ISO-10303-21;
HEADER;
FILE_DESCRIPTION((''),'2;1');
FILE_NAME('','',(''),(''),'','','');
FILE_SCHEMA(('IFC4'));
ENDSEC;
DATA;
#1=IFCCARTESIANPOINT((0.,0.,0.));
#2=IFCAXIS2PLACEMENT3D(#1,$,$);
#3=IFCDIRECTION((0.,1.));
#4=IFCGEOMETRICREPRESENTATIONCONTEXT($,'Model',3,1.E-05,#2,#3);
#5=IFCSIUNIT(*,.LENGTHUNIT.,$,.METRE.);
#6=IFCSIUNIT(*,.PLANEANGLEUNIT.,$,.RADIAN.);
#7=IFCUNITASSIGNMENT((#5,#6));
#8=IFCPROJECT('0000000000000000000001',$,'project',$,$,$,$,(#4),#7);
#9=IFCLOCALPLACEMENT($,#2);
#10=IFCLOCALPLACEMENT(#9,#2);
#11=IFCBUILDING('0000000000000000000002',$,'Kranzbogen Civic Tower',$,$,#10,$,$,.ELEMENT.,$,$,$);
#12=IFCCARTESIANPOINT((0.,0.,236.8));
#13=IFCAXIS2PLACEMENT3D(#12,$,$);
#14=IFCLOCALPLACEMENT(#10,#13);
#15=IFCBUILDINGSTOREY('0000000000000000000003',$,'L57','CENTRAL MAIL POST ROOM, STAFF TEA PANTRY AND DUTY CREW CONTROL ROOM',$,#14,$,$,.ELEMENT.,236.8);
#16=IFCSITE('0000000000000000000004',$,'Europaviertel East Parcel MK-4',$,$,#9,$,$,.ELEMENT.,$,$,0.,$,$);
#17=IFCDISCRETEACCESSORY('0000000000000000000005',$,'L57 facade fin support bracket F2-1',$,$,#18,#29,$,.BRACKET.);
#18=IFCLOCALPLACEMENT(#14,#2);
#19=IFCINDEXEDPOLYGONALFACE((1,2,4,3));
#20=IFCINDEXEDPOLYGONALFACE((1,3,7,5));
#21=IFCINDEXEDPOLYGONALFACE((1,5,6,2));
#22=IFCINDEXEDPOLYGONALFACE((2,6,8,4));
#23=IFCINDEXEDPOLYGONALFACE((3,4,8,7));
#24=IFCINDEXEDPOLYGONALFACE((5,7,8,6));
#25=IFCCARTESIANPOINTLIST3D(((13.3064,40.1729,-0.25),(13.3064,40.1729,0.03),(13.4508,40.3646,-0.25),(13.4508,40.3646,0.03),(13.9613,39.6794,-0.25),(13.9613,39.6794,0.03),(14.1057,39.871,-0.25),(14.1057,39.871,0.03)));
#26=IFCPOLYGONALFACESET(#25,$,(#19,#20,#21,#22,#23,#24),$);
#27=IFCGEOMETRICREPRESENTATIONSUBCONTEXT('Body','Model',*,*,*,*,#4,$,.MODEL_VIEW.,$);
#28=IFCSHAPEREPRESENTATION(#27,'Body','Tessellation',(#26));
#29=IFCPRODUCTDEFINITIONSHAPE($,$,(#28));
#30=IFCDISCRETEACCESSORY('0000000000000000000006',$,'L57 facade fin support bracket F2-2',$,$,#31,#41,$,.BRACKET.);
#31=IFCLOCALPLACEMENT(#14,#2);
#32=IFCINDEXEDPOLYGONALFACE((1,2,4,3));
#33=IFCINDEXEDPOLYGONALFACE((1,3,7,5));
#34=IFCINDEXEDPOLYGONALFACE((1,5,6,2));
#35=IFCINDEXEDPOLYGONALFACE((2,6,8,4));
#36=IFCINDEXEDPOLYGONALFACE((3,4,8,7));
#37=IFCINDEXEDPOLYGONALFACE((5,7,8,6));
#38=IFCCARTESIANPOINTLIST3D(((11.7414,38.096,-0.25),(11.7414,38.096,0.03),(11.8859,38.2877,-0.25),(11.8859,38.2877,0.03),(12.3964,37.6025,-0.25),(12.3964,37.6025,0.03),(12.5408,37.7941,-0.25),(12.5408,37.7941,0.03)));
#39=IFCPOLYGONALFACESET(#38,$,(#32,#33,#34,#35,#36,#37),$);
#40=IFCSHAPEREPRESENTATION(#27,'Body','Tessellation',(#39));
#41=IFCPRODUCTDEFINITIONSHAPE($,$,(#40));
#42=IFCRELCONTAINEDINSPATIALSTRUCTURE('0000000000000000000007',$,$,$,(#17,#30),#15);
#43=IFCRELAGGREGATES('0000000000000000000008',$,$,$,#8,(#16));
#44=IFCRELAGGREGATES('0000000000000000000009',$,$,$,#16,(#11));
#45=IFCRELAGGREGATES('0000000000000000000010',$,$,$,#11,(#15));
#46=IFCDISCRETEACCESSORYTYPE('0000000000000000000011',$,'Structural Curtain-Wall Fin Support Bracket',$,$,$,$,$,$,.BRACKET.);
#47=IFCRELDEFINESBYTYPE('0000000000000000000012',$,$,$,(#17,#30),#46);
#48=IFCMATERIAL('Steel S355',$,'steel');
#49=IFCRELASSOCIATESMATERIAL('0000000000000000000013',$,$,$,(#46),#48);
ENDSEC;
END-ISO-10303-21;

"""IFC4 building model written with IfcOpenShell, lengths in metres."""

from ifc_helpers import new_model, si_unit, direction, frame, origin, origin_2d, place, context, subcontext, project, spatial, rectangle, extrude, material, type_object, element, save


model = new_model("IFC4")

# Units and contexts
model_context = context("Model", 3, precision=1e-05, world=origin(), true_north=direction((0.0, 1.0)))
body_context = subcontext(model_context, "Body", "Model", "MODEL_VIEW")
ifc_project = project(units=[si_unit("LENGTHUNIT", "METRE"), si_unit("PLANEANGLEUNIT", "RADIAN")], contexts=[model_context])

# Site, building, storey
site_placement = place(None, origin())
site = spatial("IfcSite", under=ifc_project, at=site_placement, Name="Europaviertel East Parcel MK-4", CompositionType="ELEMENT", RefElevation=0.0)
building_placement = place(site_placement, origin())
building = spatial("IfcBuilding", under=site, at=building_placement, Name="Kranzbogen Civic Tower", CompositionType="ELEMENT")
storey_placement = place(building_placement, frame((0.0, 0.0, 236.8)))
storey = spatial("IfcBuildingStorey", under=building, at=storey_placement, Name="L57", Description="CENTRAL MAIL POST ROOM, STAFF TEA PANTRY AND DUTY CREW CONTROL ROOM", CompositionType="ELEMENT", Elevation=236.8)

# Shared definitions
ifc_material_1 = material(Name="Steel S355", Category="steel")

# Discrete accessories
discrete_accessory_type = type_object("IfcDiscreteAccessoryType", Name="Structural Curtain-Wall Fin Support Bracket", PredefinedType="BRACKET", material=ifc_material_1)
for number, where, z_axis, x_axis, name in (
    (1, (13.7061, 40.022, -0.25), (0.0, 0.0, 1.0), (-0.798636, 0.601815, 0.0), "L57 facade fin support bracket F2-1"),
    (2, (12.1411, 37.9451, -0.25), (0.0, 0.0, 1.0), (-0.798636, 0.601815, 0.0), "L57 facade fin support bracket F2-2"),
):
    element("IfcDiscreteAccessory", number, at=place(storey_placement, frame(where, z_axis=z_axis, x_axis=x_axis)), inside=storey, type_object=discrete_accessory_type, Name=name, PredefinedType="BRACKET", context=body_context, shape_type="SweptSolid", body=[
        extrude(rectangle(XDim=0.8201, YDim=0.24, at=origin_2d()), origin(), (0.0, 0.0, 1.0), 0.28),
    ])

save(model, "model.ifc")
